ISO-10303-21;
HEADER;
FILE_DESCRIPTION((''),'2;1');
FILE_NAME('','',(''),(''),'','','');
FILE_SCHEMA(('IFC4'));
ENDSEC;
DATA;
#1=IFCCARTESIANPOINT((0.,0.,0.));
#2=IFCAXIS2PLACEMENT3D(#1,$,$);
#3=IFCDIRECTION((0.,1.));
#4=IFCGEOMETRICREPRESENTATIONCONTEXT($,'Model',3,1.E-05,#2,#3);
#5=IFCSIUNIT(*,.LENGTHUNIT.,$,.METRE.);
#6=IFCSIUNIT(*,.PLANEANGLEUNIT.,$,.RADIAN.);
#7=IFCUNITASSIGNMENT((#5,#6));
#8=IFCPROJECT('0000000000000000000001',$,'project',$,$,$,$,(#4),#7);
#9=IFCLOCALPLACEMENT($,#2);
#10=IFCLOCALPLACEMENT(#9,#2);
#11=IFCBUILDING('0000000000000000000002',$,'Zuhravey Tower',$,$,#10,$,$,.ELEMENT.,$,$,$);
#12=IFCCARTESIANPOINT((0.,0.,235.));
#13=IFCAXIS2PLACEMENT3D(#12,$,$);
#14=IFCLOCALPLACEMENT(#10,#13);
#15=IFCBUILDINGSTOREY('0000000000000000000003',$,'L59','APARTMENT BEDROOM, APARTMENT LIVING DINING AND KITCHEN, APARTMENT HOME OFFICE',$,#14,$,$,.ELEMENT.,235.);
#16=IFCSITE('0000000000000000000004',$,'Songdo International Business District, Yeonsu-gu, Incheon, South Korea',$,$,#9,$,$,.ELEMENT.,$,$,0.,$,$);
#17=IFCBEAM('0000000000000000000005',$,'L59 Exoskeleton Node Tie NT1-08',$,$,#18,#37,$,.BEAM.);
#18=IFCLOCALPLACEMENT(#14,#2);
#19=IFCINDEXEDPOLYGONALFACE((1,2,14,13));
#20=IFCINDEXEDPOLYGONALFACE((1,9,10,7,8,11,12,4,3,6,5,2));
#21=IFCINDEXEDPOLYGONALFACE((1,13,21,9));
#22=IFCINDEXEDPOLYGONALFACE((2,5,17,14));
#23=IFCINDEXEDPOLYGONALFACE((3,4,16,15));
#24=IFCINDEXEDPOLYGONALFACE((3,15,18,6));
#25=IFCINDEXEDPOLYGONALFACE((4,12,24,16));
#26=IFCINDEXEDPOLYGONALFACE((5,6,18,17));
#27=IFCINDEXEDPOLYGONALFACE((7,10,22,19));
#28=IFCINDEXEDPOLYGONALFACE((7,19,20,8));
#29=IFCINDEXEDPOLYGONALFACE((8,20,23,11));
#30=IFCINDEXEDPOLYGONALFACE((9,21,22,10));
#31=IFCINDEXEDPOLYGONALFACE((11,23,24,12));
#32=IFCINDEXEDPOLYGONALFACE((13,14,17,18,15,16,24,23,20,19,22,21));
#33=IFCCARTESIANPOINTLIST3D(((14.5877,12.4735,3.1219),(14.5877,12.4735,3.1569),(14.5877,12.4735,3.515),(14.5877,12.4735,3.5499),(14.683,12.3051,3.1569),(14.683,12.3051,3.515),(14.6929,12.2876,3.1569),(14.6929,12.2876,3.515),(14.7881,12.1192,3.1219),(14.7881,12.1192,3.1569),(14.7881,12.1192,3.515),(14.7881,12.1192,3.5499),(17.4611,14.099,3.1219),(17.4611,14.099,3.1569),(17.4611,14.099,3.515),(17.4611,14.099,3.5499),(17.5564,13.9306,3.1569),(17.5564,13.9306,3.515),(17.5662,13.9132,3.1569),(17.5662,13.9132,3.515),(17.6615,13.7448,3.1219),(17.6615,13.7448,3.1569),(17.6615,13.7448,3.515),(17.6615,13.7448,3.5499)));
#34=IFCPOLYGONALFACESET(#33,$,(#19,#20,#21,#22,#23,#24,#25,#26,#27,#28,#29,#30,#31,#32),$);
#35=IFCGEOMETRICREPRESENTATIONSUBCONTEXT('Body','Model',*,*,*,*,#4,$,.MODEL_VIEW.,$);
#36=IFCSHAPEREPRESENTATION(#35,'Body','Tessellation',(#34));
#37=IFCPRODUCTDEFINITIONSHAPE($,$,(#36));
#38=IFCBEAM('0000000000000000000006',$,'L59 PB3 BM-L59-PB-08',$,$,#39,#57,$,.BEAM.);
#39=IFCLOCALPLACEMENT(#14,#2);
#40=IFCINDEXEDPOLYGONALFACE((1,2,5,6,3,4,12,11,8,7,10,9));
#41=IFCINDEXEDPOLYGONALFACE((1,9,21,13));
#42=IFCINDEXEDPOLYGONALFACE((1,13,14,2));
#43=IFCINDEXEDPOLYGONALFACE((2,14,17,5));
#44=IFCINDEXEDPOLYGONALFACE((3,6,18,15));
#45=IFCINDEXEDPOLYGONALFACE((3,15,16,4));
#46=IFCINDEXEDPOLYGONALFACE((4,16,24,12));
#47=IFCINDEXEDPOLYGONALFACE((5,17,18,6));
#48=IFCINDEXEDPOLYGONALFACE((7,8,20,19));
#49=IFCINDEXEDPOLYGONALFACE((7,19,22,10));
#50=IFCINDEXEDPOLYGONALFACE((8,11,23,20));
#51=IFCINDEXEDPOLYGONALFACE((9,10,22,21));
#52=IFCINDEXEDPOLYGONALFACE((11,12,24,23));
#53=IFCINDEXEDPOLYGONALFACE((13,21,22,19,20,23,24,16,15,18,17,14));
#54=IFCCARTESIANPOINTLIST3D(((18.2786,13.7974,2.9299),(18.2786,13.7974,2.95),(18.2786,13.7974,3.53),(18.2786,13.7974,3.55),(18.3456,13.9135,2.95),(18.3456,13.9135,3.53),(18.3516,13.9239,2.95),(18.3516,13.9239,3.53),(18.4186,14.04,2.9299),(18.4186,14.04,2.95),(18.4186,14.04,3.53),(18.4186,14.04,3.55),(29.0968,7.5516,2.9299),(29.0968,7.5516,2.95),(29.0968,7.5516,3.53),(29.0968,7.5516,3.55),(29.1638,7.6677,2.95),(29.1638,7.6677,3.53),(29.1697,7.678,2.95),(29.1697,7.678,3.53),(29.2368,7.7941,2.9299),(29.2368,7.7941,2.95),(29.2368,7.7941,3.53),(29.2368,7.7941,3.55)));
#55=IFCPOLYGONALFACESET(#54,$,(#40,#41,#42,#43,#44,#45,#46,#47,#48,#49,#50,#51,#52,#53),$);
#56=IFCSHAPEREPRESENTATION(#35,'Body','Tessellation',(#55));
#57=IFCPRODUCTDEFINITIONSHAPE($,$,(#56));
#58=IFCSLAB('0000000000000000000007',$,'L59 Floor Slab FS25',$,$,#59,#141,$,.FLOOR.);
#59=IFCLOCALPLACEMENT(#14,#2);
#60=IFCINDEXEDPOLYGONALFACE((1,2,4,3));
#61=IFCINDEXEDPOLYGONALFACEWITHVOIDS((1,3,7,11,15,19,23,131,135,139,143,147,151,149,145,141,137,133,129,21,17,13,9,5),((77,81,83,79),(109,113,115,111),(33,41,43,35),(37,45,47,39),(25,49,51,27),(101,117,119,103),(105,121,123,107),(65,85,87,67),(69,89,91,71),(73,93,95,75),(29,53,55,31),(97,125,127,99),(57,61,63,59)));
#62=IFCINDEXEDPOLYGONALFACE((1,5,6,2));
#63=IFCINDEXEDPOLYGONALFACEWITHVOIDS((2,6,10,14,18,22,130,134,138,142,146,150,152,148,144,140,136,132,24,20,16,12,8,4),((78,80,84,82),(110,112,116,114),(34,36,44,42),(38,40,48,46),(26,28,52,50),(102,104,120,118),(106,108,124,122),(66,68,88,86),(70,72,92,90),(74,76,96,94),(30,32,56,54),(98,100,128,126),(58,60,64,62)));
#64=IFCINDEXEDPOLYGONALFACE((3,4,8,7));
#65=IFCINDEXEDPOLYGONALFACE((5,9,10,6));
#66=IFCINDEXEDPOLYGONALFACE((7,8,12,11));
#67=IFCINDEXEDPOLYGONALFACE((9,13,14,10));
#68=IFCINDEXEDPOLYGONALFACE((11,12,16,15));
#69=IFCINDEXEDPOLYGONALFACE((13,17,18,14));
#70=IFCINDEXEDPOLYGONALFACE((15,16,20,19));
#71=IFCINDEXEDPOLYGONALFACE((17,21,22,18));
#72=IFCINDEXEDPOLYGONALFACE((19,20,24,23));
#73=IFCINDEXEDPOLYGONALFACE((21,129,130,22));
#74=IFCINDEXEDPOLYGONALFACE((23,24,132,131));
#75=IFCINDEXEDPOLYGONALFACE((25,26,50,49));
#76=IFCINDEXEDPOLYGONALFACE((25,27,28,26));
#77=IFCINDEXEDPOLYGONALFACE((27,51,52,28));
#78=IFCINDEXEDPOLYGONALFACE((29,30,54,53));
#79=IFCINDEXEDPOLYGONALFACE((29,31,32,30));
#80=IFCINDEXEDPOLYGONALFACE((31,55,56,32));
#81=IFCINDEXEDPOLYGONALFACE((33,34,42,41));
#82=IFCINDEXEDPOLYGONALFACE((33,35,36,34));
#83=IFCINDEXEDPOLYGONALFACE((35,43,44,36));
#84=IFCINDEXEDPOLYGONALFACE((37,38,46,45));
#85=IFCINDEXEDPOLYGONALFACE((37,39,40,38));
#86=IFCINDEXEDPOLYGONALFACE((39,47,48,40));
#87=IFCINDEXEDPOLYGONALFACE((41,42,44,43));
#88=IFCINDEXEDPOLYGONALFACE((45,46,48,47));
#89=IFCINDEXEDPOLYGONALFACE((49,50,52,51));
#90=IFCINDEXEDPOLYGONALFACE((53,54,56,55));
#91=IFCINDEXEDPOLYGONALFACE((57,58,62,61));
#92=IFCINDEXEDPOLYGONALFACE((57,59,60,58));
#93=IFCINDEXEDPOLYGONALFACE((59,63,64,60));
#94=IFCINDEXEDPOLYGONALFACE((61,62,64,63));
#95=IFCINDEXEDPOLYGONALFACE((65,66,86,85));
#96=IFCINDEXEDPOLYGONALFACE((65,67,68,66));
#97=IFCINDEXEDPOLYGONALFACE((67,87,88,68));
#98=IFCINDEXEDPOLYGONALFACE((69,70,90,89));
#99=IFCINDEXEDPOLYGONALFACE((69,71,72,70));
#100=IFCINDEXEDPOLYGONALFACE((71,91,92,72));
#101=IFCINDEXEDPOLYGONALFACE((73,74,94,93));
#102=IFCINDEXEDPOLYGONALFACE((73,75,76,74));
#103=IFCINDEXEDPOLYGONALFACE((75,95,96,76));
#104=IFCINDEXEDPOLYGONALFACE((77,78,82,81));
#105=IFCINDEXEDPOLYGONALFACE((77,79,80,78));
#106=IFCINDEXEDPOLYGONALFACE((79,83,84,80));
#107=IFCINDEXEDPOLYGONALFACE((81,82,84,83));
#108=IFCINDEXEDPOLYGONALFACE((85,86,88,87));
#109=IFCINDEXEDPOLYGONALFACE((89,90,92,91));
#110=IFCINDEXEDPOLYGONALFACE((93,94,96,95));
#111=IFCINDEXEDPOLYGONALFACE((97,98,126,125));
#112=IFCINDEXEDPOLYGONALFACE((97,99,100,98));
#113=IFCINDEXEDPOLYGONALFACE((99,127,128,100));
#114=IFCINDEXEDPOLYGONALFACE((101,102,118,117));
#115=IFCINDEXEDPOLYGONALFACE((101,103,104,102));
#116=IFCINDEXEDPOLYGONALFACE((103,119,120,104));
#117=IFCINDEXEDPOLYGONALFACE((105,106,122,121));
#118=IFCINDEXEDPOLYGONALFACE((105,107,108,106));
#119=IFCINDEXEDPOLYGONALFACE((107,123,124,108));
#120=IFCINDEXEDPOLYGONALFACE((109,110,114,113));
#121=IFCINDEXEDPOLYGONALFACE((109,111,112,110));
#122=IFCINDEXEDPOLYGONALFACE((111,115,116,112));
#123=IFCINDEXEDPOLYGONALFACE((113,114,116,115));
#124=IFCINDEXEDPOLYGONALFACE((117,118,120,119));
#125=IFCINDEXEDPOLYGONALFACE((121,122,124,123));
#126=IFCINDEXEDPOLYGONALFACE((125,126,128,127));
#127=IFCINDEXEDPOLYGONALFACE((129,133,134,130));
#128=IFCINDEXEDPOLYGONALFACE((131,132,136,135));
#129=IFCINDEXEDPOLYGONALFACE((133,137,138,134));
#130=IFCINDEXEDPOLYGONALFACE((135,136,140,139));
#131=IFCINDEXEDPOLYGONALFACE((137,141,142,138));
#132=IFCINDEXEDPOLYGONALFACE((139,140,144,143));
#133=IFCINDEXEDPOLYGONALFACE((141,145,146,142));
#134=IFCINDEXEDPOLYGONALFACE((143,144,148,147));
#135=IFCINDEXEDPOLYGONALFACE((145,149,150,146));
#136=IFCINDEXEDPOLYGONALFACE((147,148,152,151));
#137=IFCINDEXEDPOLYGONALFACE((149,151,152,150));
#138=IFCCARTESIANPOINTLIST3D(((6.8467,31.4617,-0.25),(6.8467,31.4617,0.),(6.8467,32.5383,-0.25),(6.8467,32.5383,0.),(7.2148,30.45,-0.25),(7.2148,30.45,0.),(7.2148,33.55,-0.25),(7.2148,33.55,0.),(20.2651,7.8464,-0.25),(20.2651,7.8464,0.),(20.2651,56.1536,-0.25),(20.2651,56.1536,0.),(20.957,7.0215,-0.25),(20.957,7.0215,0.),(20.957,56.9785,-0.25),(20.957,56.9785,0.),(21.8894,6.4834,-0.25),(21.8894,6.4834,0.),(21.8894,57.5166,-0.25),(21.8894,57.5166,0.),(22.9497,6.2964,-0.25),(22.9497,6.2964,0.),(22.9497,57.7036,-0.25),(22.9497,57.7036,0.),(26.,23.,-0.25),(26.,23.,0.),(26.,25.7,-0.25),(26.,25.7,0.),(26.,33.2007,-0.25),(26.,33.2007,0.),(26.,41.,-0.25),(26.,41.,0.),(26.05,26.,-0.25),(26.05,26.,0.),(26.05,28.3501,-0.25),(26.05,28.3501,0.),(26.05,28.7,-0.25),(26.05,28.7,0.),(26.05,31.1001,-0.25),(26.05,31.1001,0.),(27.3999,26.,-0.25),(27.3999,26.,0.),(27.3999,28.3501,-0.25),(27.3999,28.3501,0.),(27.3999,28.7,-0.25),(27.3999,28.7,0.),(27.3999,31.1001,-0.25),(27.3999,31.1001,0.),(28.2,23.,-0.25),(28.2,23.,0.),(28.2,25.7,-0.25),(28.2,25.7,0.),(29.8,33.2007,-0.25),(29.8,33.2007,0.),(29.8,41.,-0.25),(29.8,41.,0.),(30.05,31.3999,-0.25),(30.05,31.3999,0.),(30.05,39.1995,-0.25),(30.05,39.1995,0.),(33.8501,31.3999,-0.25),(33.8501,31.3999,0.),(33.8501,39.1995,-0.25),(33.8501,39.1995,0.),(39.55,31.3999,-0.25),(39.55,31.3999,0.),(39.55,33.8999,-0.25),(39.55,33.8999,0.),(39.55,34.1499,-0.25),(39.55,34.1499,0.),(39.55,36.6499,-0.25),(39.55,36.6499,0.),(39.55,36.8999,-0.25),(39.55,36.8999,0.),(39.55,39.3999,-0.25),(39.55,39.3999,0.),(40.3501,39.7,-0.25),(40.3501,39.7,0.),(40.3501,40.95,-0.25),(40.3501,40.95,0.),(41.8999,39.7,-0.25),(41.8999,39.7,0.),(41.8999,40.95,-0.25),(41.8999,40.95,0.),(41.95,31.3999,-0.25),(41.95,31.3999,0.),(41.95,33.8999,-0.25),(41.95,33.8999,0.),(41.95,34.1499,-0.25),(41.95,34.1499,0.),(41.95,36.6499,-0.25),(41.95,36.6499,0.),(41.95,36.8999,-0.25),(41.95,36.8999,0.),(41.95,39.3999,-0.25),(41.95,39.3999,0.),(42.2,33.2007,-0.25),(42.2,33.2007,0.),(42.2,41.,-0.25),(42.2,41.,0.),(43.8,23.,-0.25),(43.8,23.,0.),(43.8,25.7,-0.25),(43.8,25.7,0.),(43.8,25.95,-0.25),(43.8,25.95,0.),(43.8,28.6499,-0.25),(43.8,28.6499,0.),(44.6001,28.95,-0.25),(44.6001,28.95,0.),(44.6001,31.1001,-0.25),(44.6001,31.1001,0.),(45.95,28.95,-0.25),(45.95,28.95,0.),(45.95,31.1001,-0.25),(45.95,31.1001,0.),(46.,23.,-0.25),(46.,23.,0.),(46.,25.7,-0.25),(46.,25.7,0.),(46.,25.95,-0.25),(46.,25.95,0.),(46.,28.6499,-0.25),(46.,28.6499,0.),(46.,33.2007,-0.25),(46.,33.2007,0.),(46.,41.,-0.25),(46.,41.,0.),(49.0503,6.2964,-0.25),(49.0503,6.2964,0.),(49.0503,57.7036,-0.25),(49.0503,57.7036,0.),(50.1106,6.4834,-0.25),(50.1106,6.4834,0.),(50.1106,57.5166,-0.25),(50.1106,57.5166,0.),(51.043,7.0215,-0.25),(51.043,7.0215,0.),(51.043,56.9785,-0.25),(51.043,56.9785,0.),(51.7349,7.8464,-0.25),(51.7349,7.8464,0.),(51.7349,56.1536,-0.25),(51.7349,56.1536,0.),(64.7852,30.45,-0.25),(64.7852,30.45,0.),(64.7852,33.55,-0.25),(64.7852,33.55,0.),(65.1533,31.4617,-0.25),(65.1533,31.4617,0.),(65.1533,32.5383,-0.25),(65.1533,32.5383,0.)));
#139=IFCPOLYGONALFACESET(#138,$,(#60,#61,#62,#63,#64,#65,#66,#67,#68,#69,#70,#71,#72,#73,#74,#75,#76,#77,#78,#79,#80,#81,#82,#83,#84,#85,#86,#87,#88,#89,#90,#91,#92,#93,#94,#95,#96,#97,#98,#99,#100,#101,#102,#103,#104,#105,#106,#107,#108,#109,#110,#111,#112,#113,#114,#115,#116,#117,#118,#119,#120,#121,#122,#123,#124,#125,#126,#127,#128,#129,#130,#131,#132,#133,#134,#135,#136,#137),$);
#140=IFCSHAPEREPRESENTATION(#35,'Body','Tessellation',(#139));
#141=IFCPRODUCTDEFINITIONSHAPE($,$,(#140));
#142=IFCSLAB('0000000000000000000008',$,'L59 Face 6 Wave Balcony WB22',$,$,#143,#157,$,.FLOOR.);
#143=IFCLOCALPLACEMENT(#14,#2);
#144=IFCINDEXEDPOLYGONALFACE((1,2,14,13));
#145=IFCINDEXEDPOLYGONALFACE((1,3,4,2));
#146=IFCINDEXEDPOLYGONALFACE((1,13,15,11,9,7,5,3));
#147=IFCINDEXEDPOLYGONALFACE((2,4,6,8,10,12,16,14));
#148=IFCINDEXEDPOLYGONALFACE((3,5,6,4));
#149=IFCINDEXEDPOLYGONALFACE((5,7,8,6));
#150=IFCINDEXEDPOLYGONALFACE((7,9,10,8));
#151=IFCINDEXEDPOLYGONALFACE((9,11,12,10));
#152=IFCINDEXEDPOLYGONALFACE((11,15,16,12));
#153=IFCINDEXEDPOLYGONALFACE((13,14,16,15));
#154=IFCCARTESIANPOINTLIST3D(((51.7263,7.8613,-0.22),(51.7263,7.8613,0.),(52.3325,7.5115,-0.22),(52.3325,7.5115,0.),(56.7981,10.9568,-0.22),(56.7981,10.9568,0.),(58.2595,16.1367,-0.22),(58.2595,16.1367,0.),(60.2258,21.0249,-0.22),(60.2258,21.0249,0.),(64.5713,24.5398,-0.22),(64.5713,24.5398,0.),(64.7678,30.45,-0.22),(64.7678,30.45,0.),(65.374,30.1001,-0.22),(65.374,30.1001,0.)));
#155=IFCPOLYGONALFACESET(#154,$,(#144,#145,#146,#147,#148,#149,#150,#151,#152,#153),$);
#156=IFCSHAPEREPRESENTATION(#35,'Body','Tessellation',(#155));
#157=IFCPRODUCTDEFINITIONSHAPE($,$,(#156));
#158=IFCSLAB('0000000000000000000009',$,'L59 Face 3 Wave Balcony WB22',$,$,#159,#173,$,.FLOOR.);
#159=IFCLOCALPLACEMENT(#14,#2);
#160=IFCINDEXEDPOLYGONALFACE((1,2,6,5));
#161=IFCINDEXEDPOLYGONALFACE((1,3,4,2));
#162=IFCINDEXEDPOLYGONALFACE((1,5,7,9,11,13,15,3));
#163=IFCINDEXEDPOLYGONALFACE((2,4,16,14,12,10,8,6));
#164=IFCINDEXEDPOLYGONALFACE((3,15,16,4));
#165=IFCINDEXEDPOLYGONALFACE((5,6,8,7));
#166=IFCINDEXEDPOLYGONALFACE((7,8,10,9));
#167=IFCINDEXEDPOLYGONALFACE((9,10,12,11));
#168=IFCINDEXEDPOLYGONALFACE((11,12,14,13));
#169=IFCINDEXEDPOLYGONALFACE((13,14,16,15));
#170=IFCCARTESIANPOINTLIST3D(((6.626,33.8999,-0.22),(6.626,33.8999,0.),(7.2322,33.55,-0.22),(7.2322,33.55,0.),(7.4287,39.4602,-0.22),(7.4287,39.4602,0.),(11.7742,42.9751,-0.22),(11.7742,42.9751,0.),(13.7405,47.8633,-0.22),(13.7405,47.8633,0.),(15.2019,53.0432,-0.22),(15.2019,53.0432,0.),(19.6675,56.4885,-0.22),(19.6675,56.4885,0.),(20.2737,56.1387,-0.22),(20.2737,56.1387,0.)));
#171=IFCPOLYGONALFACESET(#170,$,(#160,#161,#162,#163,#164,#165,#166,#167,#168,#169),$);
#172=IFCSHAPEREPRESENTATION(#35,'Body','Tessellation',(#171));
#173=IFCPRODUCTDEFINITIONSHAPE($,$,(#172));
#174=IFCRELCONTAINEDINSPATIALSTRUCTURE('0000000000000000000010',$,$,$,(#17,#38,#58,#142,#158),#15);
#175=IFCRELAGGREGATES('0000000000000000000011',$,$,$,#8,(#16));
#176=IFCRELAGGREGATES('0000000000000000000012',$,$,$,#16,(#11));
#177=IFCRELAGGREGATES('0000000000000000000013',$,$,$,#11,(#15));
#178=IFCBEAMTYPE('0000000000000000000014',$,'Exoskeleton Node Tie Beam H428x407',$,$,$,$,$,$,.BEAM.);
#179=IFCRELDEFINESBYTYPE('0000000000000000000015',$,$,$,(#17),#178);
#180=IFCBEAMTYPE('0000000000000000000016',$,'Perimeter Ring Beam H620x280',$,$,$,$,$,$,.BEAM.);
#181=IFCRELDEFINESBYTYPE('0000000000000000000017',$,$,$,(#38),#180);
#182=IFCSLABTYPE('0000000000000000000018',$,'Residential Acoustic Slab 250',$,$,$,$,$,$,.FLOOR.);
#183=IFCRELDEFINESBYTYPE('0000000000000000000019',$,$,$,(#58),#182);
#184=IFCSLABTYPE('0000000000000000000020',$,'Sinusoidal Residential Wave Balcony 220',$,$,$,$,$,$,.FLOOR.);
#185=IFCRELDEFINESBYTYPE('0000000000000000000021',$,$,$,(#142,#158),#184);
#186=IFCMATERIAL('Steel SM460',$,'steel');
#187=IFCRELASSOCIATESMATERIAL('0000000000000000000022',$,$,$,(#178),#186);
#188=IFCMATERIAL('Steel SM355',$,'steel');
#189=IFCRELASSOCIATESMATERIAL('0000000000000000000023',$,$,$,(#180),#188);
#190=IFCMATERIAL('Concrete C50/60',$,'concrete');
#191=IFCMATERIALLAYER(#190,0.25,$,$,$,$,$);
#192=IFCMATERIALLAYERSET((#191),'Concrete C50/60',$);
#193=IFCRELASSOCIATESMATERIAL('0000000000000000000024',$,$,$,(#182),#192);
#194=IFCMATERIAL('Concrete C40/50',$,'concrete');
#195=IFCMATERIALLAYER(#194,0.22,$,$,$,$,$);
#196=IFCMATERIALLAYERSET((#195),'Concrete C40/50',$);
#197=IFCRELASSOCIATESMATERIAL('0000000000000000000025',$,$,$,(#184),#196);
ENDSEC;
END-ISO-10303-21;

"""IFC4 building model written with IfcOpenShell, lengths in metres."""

from ifc_helpers import new_model, si_unit, direction, frame, origin, origin_2d, place, context, subcontext, project, spatial, polyline, i_section, outline, extrude, material, layer, layer_set, material_profile, profile_set, type_object, element, save


model = new_model("IFC4")

# Units and contexts
model_context = context("Model", 3, precision=1e-05, world=origin(), true_north=direction((0.0, 1.0)))
body_context = subcontext(model_context, "Body", "Model", "MODEL_VIEW")
ifc_project = project(units=[si_unit("LENGTHUNIT", "METRE"), si_unit("PLANEANGLEUNIT", "RADIAN")], contexts=[model_context])

# Site, building, storey
site_placement = place(None, origin())
site = spatial("IfcSite", under=ifc_project, at=site_placement, Name="Songdo International Business District, Yeonsu-gu, Incheon, South Korea", CompositionType="ELEMENT", RefElevation=0.0)
building_placement = place(site_placement, origin())
building = spatial("IfcBuilding", under=site, at=building_placement, Name="Zuhravey Tower", CompositionType="ELEMENT")
storey_placement = place(building_placement, frame((0.0, 0.0, 235.0)))
storey = spatial("IfcBuildingStorey", under=building, at=storey_placement, Name="L59", Description="APARTMENT BEDROOM, APARTMENT LIVING DINING AND KITCHEN, APARTMENT HOME OFFICE", CompositionType="ELEMENT", Elevation=235.0)

# Shared definitions
ifc_material_1 = material(Name="Concrete C50/60", Category="concrete")

# Beams
ifc_material_2 = material(Name="Steel SM460", Category="steel")
ifc_material_profile_1 = material_profile(ifc_material_2, i_section(OverallWidth=0.407, OverallDepth=0.428, WebThickness=0.02, FlangeThickness=0.0349, at=origin_2d()), Name="H-428x407x20x35")
ifc_profile_set_1 = profile_set([ifc_material_profile_1], Name="Steel SM460")
beam_type_1 = type_object("IfcBeamType", Name="Exoskeleton Node Tie Beam H428x407", PredefinedType="BEAM", material=ifc_profile_set_1)
beam_1_placement = place(storey_placement, frame((17.5613, 13.9219, 3.3359), z_axis=(-0.870374, -0.492391, 0.0), x_axis=(0.492391, -0.870374, 0.0)))
element("IfcBeam", 1, at=beam_1_placement, inside=storey, type_object=beam_type_1, Name="L59 Exoskeleton Node Tie NT1-08", PredefinedType="BEAM", context=body_context, shape_type="SweptSolid", body=[
    extrude(i_section(OverallWidth=0.407, OverallDepth=0.428, WebThickness=0.02, FlangeThickness=0.0349, at=origin_2d()), origin(), (0.0, 0.0, 1.0), 3.3013),
])
ifc_material_3 = material(Name="Steel SM355", Category="steel")
ifc_material_profile_2 = material_profile(ifc_material_3, i_section(OverallWidth=0.28, OverallDepth=0.6201, WebThickness=0.012, FlangeThickness=0.02, at=origin_2d()), Name="H-620x280x12x20")
ifc_profile_set_2 = profile_set([ifc_material_profile_2], Name="Steel SM355")
beam_type_2 = type_object("IfcBeamType", Name="Perimeter Ring Beam H620x280", PredefinedType="BEAM", material=ifc_profile_set_2)
beam_2_placement = place(storey_placement, frame((18.3486, 13.9187, 3.24), z_axis=(0.866025, -0.5, 0.0), x_axis=(0.5, 0.866025, 0.0)))
element("IfcBeam", 2, at=beam_2_placement, inside=storey, type_object=beam_type_2, Name="L59 PB3 BM-L59-PB-08", PredefinedType="BEAM", context=body_context, shape_type="SweptSolid", body=[
    extrude(i_section(OverallWidth=0.28, OverallDepth=0.6201, WebThickness=0.012, FlangeThickness=0.02, at=origin_2d()), origin(), (0.0, 0.0, 1.0), 12.4917),
])

# Slabs
ifc_layer_1 = layer(ifc_material_1, 0.25)
ifc_layer_set_1 = layer_set([ifc_layer_1], Name="Concrete C50/60")
slab_type_1 = type_object("IfcSlabType", Name="Residential Acoustic Slab 250", PredefinedType="FLOOR", material=ifc_layer_set_1)
slab_1_placement = place(storey_placement, frame((0.0, 0.0, -0.25)))
element("IfcSlab", 3, at=slab_1_placement, inside=storey, type_object=slab_type_1, Name="L59 Floor Slab FS25", PredefinedType="FLOOR", context=body_context, shape_type="SweptSolid", body=[
    extrude(outline(polyline([(64.7852, 30.45), (65.1533, 31.4617), (65.1533, 32.5383), (64.7852, 33.55), (51.7349, 56.1536), (51.043, 56.9785), (50.1106, 57.5166), (49.0503, 57.7036), (22.9497, 57.7036), (21.8894, 57.5166), (20.957, 56.9785), (20.2651, 56.1536), (7.2148, 33.55), (6.8467, 32.5383), (6.8467, 31.4617), (7.2148, 30.45), (20.2651, 7.8464), (20.957, 7.0215), (21.8894, 6.4834), (22.9497, 6.2964), (49.0503, 6.2964), (50.1106, 6.4834), (51.043, 7.0215), (51.7349, 7.8464), (64.7852, 30.45)]), holes=[polyline([(29.8, 33.2007), (29.8, 41.0), (26.0, 41.0), (26.0, 33.2007), (29.8, 33.2007)]), polyline([(46.0, 33.2007), (46.0, 41.0), (42.2, 41.0), (42.2, 33.2007), (46.0, 33.2007)]), polyline([(30.05, 39.1995), (30.05, 31.3999), (33.8501, 31.3999), (33.8501, 39.1995), (30.05, 39.1995)]), polyline([(39.55, 31.3999), (41.95, 31.3999), (41.95, 33.8999), (39.55, 33.8999), (39.55, 31.3999)]), polyline([(39.55, 34.1499), (41.95, 34.1499), (41.95, 36.6499), (39.55, 36.6499), (39.55, 34.1499)]), polyline([(39.55, 36.8999), (41.95, 36.8999), (41.95, 39.3999), (39.55, 39.3999), (39.55, 36.8999)]), polyline([(26.0, 23.0), (28.2, 23.0), (28.2, 25.7), (26.0, 25.7), (26.0, 23.0)]), polyline([(43.8, 23.0), (46.0, 23.0), (46.0, 25.7), (43.8, 25.7), (43.8, 23.0)]), polyline([(43.8, 25.95), (46.0, 25.95), (46.0, 28.6499), (43.8, 28.6499), (43.8, 25.95)]), polyline([(26.05, 26.0), (27.3999, 26.0), (27.3999, 28.3501), (26.05, 28.3501), (26.05, 26.0)]), polyline([(26.05, 28.7), (27.3999, 28.7), (27.3999, 31.1001), (26.05, 31.1001), (26.05, 28.7)]), polyline([(44.6001, 28.95), (45.95, 28.95), (45.95, 31.1001), (44.6001, 31.1001), (44.6001, 28.95)]), polyline([(40.3501, 39.7), (41.8999, 39.7), (41.8999, 40.95), (40.3501, 40.95), (40.3501, 39.7)])]), origin(), (0.0, 0.0, 1.0), 0.25),
])
ifc_material_4 = material(Name="Concrete C40/50", Category="concrete")
ifc_layer_2 = layer(ifc_material_4, 0.22)
ifc_layer_set_2 = layer_set([ifc_layer_2], Name="Concrete C40/50")
slab_type_2 = type_object("IfcSlabType", Name="Sinusoidal Residential Wave Balcony 220", PredefinedType="FLOOR", material=ifc_layer_set_2)
slab_2_placement = place(storey_placement, frame((0.0, 0.0, -0.22)))
element("IfcSlab", 4, at=slab_2_placement, inside=storey, type_object=slab_type_2, Name="L59 Face 6 Wave Balcony WB22", PredefinedType="FLOOR", context=body_context, shape_type="SweptSolid", body=[
    extrude(outline(polyline([(51.7263, 7.8613), (64.7678, 30.45), (65.374, 30.1001), (64.5713, 24.5398), (60.2258, 21.0249), (58.2595, 16.1367), (56.7981, 10.9568), (52.3325, 7.5115), (51.7263, 7.8613)])), origin(), (0.0, 0.0, 1.0), 0.22),
])
slab_3_placement = place(storey_placement, frame((0.0, 0.0, -0.22)))
element("IfcSlab", 5, at=slab_3_placement, inside=storey, type_object=slab_type_2, Name="L59 Face 3 Wave Balcony WB22", PredefinedType="FLOOR", context=body_context, shape_type="SweptSolid", body=[
    extrude(outline(polyline([(20.2737, 56.1387), (7.2322, 33.55), (6.626, 33.8999), (7.4287, 39.4602), (11.7742, 42.9751), (13.7405, 47.8633), (15.2019, 53.0432), (19.6675, 56.4885), (20.2737, 56.1387)])), origin(), (0.0, 0.0, 1.0), 0.22),
])

save(model, "model.ifc")
